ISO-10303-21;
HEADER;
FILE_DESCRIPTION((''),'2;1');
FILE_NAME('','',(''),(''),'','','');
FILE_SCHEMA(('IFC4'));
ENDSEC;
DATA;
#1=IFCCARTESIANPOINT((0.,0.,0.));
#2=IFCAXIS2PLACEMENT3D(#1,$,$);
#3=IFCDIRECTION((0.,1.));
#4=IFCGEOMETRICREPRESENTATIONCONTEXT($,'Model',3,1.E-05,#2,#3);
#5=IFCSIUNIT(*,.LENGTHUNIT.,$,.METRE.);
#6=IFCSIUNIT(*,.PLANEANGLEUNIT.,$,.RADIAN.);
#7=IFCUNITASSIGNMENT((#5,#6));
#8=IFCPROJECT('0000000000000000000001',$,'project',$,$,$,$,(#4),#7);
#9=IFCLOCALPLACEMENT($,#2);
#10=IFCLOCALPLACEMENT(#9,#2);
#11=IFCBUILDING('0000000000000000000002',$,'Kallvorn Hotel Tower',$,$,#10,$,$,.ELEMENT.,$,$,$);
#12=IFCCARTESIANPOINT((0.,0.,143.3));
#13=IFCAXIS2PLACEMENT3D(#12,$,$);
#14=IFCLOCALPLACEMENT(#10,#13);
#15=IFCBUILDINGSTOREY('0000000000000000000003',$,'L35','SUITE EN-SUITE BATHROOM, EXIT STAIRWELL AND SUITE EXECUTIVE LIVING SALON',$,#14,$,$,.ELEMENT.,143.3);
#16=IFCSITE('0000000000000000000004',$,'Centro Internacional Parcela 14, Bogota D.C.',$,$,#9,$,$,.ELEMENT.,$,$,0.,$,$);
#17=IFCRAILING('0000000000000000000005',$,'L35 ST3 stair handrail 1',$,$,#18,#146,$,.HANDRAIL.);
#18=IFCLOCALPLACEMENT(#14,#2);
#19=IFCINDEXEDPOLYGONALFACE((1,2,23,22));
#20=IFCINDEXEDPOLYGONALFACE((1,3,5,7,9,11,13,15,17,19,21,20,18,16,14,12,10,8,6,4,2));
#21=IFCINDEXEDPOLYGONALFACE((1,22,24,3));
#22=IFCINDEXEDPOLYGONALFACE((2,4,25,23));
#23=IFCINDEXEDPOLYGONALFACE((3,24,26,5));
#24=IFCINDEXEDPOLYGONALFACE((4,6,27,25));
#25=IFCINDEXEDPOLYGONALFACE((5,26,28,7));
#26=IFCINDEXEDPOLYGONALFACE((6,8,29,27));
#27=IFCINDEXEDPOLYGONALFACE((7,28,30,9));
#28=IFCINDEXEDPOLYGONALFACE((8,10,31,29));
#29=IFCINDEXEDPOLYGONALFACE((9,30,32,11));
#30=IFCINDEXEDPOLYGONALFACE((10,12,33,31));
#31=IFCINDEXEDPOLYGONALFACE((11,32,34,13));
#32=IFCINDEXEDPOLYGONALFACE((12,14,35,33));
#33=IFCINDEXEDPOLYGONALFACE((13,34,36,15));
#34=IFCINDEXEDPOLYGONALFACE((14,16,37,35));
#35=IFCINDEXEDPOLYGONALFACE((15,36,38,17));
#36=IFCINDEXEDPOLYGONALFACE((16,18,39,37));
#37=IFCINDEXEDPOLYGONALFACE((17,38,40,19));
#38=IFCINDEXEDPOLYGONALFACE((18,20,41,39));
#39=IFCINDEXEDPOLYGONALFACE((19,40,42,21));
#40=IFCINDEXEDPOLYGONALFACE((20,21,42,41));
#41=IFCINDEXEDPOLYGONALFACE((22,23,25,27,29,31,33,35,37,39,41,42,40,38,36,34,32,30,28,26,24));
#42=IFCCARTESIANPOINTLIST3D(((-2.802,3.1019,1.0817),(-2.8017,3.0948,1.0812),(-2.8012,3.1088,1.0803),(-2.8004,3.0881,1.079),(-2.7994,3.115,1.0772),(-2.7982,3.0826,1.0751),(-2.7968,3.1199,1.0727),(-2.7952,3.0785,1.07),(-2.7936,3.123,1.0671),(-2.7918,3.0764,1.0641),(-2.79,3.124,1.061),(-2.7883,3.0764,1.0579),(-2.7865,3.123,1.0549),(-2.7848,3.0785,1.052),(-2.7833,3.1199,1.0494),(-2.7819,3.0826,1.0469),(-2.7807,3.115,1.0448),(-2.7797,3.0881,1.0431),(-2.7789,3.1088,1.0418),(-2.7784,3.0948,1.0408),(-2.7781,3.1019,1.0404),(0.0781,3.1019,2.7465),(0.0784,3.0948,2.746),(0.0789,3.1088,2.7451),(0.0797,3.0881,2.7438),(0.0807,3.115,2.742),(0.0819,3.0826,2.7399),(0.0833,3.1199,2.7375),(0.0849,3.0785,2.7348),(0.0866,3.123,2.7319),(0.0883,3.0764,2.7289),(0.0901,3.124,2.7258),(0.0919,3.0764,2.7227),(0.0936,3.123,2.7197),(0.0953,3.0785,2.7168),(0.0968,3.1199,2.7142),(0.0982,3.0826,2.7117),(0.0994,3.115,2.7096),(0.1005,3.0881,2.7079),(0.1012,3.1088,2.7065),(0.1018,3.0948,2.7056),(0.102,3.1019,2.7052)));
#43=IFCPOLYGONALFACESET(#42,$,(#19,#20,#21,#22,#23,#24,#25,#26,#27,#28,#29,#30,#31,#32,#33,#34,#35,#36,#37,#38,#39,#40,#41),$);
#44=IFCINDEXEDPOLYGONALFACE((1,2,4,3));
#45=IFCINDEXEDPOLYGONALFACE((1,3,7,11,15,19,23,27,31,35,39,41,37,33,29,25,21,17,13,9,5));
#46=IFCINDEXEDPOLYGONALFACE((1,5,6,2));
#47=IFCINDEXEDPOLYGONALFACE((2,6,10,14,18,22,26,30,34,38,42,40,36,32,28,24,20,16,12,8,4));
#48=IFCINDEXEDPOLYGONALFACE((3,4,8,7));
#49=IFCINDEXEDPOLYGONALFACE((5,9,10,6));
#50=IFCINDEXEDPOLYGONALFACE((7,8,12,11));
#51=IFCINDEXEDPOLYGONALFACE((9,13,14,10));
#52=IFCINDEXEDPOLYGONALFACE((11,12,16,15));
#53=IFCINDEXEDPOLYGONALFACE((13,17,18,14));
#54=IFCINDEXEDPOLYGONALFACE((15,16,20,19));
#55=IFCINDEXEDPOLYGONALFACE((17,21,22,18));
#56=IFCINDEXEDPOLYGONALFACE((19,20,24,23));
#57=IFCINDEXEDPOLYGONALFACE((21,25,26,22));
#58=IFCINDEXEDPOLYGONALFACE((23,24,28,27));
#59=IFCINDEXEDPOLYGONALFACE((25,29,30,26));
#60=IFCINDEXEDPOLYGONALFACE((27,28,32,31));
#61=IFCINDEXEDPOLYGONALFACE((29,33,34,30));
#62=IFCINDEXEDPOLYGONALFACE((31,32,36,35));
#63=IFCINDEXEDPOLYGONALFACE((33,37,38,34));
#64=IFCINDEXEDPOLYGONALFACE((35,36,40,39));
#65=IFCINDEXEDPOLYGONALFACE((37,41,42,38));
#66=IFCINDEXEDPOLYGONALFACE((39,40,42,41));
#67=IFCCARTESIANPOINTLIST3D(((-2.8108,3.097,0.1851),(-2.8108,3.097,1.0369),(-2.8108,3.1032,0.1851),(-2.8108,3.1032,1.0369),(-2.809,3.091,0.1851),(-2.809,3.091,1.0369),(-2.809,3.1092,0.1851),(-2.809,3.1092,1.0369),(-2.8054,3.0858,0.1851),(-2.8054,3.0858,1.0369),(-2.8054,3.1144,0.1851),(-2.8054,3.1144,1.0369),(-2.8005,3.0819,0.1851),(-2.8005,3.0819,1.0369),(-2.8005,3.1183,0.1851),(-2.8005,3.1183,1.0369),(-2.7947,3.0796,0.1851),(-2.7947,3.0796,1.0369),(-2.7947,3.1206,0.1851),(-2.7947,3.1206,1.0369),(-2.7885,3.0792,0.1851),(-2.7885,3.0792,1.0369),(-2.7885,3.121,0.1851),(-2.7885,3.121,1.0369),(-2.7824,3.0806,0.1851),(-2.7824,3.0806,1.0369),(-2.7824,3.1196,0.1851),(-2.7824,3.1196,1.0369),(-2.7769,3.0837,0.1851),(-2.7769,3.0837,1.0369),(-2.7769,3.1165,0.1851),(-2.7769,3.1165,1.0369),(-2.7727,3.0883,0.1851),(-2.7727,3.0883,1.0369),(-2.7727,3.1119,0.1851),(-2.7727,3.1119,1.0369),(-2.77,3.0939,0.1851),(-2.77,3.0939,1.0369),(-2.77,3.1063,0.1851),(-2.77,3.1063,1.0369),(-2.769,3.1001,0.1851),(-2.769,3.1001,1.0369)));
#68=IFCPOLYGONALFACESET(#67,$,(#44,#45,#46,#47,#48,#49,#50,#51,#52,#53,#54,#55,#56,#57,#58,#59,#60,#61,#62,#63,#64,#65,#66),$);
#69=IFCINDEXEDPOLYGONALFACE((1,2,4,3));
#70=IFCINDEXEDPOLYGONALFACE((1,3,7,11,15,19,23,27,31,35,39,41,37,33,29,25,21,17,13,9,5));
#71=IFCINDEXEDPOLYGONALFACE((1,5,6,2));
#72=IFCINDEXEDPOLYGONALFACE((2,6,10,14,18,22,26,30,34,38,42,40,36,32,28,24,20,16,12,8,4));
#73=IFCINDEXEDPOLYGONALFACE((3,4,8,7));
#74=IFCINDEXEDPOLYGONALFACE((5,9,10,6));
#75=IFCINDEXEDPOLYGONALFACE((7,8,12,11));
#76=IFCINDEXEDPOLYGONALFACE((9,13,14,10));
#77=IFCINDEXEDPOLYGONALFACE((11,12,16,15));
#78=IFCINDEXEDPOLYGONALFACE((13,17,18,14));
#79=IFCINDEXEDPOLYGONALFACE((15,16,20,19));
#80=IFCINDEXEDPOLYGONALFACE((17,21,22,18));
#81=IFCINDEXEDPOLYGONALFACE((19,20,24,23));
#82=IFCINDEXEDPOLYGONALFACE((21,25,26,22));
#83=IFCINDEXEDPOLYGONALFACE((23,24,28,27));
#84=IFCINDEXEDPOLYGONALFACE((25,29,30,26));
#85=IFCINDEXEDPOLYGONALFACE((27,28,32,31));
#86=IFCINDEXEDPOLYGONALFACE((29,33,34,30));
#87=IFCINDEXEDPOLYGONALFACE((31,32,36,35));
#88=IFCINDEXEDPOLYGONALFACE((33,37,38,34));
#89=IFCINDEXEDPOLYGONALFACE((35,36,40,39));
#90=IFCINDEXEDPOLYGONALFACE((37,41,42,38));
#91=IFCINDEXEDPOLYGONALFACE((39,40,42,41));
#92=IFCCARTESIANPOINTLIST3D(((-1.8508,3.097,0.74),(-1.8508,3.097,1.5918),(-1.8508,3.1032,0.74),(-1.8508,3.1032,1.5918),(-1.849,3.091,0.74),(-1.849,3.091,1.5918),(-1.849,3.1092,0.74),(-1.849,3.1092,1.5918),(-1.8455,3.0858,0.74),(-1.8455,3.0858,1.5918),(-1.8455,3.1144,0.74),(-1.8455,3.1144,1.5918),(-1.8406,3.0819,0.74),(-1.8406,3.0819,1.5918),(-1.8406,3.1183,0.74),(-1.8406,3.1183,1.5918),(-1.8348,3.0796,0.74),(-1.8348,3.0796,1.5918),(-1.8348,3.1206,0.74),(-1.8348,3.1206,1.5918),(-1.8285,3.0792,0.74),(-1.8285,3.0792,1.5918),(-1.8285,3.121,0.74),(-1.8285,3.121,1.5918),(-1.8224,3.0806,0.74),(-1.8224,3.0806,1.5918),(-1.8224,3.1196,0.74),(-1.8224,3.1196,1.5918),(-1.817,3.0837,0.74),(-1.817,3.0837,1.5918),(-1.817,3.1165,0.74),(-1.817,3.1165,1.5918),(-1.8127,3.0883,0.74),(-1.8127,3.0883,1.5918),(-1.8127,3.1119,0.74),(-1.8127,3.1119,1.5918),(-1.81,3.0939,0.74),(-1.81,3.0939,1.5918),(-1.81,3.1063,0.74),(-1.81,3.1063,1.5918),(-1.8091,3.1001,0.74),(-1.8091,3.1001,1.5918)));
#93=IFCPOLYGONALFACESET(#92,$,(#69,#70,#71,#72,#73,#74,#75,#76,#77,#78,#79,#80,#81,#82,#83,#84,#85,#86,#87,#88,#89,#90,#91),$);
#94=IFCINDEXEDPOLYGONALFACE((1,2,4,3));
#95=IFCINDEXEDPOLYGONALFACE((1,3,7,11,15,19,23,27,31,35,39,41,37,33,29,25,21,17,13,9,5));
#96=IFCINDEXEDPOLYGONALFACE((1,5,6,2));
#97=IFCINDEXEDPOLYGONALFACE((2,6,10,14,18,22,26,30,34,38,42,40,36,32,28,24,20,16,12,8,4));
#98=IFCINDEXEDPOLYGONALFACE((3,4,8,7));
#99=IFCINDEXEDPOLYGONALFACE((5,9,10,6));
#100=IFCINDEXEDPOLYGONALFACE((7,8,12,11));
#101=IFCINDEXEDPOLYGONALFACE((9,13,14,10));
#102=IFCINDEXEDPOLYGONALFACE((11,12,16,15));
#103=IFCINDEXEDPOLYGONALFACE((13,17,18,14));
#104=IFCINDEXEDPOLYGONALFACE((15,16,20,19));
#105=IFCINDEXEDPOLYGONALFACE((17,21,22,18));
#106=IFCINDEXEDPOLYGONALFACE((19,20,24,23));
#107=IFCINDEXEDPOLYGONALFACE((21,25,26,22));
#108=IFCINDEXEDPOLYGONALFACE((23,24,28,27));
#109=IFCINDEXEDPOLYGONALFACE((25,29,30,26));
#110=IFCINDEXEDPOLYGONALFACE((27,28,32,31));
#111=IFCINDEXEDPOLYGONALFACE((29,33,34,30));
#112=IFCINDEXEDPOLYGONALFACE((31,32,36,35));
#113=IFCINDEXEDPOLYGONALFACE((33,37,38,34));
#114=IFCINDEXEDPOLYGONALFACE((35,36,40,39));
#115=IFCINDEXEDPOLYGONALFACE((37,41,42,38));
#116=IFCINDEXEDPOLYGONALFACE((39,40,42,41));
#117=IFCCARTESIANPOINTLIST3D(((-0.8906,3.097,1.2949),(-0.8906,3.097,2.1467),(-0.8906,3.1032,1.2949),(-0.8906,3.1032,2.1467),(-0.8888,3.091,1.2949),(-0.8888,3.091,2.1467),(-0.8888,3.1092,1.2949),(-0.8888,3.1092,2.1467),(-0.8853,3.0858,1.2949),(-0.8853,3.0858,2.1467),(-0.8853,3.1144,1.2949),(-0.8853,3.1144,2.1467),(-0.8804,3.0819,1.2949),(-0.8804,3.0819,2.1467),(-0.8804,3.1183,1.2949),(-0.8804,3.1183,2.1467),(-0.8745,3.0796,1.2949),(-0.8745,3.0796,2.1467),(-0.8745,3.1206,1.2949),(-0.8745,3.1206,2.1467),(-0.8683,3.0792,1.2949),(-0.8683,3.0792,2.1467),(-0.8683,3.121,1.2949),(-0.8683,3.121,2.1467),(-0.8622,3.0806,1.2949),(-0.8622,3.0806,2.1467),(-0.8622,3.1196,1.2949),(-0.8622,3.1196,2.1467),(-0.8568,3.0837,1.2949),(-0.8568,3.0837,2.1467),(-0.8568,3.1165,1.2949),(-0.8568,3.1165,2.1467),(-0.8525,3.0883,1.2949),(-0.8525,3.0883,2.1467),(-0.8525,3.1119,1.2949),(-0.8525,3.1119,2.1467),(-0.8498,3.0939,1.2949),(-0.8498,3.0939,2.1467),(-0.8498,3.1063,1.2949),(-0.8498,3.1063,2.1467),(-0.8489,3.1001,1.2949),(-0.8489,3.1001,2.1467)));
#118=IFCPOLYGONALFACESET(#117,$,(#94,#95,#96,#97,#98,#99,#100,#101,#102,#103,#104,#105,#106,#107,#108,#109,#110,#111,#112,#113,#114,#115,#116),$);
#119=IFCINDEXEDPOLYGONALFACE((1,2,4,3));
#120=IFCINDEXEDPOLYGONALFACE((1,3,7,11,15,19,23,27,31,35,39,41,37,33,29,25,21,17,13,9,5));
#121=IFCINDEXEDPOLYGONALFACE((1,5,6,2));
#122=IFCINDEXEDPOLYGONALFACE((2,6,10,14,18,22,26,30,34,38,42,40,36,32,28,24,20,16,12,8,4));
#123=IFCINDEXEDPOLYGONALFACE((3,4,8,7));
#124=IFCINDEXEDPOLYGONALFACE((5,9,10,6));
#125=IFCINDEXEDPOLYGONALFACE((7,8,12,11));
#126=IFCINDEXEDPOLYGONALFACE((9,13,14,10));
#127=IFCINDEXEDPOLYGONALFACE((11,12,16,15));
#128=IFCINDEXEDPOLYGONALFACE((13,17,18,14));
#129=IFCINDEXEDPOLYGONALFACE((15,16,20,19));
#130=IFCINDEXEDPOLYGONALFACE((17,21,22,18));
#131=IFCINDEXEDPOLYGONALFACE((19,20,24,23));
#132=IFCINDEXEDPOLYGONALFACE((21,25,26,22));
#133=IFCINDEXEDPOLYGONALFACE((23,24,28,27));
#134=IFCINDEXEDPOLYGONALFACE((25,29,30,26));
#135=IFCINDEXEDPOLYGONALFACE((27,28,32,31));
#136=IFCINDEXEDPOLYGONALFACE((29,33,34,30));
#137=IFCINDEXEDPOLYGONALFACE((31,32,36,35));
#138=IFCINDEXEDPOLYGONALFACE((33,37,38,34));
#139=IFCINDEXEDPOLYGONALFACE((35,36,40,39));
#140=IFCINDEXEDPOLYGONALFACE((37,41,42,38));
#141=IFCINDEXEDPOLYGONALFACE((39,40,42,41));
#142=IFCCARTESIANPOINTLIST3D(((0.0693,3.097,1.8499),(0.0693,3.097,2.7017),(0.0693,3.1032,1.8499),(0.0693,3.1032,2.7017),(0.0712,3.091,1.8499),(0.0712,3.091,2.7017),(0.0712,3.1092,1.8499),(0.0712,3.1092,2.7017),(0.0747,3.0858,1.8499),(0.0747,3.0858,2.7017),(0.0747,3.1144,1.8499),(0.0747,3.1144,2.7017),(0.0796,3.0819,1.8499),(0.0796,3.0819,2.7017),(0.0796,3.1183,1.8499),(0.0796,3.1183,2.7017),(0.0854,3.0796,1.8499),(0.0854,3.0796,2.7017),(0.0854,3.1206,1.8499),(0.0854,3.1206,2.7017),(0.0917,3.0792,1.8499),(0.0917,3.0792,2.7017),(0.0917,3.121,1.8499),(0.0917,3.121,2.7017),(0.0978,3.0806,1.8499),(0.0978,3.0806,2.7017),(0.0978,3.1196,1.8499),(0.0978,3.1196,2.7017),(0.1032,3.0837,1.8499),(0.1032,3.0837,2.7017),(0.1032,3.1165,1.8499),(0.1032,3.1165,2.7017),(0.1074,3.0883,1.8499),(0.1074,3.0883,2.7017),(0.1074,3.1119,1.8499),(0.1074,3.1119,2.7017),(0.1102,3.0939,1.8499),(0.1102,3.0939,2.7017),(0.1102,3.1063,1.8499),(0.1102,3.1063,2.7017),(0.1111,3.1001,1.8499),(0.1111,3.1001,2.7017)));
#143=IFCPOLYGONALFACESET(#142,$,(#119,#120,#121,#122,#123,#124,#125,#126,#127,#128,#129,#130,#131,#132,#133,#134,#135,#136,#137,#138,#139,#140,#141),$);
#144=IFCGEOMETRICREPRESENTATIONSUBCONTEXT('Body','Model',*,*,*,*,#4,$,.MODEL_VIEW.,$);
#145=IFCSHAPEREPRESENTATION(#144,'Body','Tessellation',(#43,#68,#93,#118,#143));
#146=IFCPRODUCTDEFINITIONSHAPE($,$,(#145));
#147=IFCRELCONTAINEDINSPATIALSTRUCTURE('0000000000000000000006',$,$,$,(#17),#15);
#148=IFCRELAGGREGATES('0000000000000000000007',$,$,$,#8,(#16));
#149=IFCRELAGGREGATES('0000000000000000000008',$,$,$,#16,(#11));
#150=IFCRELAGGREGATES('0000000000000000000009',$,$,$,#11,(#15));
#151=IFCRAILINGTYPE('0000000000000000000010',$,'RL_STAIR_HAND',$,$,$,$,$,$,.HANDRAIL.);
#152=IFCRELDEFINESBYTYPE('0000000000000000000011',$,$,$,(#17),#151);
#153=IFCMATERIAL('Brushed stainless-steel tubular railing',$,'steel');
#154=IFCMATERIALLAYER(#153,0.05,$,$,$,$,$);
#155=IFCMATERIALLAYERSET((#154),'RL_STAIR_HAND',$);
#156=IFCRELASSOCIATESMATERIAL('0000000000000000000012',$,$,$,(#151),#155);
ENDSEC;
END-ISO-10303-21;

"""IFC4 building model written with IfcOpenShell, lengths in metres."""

from ifc_helpers import new_model, si_unit, direction, frame, origin, origin_2d, place, context, subcontext, project, spatial, circle, extrude, material, layer, layer_set, type_object, element, save


model = new_model("IFC4")

# Units and contexts
model_context = context("Model", 3, precision=1e-05, world=origin(), true_north=direction((0.0, 1.0)))
body_context = subcontext(model_context, "Body", "Model", "MODEL_VIEW")
ifc_project = project(units=[si_unit("LENGTHUNIT", "METRE"), si_unit("PLANEANGLEUNIT", "RADIAN")], contexts=[model_context])

# Site, building, storey
site_placement = place(None, origin())
site = spatial("IfcSite", under=ifc_project, at=site_placement, Name="Centro Internacional Parcela 14, Bogota D.C.", CompositionType="ELEMENT", RefElevation=0.0)
building_placement = place(site_placement, origin())
building = spatial("IfcBuilding", under=site, at=building_placement, Name="Kallvorn Hotel Tower", CompositionType="ELEMENT")
storey_placement = place(building_placement, frame((0.0, 0.0, 143.3)))
storey = spatial("IfcBuildingStorey", under=building, at=storey_placement, Name="L35", Description="SUITE EN-SUITE BATHROOM, EXIT STAIRWELL AND SUITE EXECUTIVE LIVING SALON", CompositionType="ELEMENT", Elevation=143.3)

# Railing
ifc_material_1 = material(Name="Brushed stainless-steel tubular railing", Category="steel")
ifc_layer_1 = layer(ifc_material_1, 0.05)
ifc_layer_set_1 = layer_set([ifc_layer_1], Name="RL_STAIR_HAND")
railing_type_1 = type_object("IfcRailingType", Name="RL_STAIR_HAND", PredefinedType="HANDRAIL", material=ifc_layer_set_1)
railing_1_placement = place(storey_placement, frame((-2.79, 3.1001, 0.1851)))
element("IfcRailing", 1, at=railing_1_placement, inside=storey, type_object=railing_type_1, Name="L35 ST3 stair handrail 1", PredefinedType="HANDRAIL", context=body_context, shape_type="SweptSolid", body=[
    extrude(circle(Radius=0.0239, at=origin_2d()), frame((0.0, 0.0, 0.876), z_axis=(0.865771, 0.0, 0.50044), x_axis=(0.0, 1.0, 0.0)), (0.0, 0.0, 1.0), 3.3267),
    extrude(circle(Radius=0.021, at=origin_2d()), origin(), (0.0, 0.0, 1.0), 0.8518),
    extrude(circle(Radius=0.021, at=origin_2d()), frame((0.96, 0.0, 0.5549)), (0.0, 0.0, 1.0), 0.8518),
    extrude(circle(Radius=0.021, at=origin_2d()), frame((1.9202, 0.0, 1.1099)), (0.0, 0.0, 1.0), 0.8518),
    extrude(circle(Radius=0.021, at=origin_2d()), frame((2.8801, 0.0, 1.6648)), (0.0, 0.0, 1.0), 0.8518),
])

save(model, "model.ifc")
